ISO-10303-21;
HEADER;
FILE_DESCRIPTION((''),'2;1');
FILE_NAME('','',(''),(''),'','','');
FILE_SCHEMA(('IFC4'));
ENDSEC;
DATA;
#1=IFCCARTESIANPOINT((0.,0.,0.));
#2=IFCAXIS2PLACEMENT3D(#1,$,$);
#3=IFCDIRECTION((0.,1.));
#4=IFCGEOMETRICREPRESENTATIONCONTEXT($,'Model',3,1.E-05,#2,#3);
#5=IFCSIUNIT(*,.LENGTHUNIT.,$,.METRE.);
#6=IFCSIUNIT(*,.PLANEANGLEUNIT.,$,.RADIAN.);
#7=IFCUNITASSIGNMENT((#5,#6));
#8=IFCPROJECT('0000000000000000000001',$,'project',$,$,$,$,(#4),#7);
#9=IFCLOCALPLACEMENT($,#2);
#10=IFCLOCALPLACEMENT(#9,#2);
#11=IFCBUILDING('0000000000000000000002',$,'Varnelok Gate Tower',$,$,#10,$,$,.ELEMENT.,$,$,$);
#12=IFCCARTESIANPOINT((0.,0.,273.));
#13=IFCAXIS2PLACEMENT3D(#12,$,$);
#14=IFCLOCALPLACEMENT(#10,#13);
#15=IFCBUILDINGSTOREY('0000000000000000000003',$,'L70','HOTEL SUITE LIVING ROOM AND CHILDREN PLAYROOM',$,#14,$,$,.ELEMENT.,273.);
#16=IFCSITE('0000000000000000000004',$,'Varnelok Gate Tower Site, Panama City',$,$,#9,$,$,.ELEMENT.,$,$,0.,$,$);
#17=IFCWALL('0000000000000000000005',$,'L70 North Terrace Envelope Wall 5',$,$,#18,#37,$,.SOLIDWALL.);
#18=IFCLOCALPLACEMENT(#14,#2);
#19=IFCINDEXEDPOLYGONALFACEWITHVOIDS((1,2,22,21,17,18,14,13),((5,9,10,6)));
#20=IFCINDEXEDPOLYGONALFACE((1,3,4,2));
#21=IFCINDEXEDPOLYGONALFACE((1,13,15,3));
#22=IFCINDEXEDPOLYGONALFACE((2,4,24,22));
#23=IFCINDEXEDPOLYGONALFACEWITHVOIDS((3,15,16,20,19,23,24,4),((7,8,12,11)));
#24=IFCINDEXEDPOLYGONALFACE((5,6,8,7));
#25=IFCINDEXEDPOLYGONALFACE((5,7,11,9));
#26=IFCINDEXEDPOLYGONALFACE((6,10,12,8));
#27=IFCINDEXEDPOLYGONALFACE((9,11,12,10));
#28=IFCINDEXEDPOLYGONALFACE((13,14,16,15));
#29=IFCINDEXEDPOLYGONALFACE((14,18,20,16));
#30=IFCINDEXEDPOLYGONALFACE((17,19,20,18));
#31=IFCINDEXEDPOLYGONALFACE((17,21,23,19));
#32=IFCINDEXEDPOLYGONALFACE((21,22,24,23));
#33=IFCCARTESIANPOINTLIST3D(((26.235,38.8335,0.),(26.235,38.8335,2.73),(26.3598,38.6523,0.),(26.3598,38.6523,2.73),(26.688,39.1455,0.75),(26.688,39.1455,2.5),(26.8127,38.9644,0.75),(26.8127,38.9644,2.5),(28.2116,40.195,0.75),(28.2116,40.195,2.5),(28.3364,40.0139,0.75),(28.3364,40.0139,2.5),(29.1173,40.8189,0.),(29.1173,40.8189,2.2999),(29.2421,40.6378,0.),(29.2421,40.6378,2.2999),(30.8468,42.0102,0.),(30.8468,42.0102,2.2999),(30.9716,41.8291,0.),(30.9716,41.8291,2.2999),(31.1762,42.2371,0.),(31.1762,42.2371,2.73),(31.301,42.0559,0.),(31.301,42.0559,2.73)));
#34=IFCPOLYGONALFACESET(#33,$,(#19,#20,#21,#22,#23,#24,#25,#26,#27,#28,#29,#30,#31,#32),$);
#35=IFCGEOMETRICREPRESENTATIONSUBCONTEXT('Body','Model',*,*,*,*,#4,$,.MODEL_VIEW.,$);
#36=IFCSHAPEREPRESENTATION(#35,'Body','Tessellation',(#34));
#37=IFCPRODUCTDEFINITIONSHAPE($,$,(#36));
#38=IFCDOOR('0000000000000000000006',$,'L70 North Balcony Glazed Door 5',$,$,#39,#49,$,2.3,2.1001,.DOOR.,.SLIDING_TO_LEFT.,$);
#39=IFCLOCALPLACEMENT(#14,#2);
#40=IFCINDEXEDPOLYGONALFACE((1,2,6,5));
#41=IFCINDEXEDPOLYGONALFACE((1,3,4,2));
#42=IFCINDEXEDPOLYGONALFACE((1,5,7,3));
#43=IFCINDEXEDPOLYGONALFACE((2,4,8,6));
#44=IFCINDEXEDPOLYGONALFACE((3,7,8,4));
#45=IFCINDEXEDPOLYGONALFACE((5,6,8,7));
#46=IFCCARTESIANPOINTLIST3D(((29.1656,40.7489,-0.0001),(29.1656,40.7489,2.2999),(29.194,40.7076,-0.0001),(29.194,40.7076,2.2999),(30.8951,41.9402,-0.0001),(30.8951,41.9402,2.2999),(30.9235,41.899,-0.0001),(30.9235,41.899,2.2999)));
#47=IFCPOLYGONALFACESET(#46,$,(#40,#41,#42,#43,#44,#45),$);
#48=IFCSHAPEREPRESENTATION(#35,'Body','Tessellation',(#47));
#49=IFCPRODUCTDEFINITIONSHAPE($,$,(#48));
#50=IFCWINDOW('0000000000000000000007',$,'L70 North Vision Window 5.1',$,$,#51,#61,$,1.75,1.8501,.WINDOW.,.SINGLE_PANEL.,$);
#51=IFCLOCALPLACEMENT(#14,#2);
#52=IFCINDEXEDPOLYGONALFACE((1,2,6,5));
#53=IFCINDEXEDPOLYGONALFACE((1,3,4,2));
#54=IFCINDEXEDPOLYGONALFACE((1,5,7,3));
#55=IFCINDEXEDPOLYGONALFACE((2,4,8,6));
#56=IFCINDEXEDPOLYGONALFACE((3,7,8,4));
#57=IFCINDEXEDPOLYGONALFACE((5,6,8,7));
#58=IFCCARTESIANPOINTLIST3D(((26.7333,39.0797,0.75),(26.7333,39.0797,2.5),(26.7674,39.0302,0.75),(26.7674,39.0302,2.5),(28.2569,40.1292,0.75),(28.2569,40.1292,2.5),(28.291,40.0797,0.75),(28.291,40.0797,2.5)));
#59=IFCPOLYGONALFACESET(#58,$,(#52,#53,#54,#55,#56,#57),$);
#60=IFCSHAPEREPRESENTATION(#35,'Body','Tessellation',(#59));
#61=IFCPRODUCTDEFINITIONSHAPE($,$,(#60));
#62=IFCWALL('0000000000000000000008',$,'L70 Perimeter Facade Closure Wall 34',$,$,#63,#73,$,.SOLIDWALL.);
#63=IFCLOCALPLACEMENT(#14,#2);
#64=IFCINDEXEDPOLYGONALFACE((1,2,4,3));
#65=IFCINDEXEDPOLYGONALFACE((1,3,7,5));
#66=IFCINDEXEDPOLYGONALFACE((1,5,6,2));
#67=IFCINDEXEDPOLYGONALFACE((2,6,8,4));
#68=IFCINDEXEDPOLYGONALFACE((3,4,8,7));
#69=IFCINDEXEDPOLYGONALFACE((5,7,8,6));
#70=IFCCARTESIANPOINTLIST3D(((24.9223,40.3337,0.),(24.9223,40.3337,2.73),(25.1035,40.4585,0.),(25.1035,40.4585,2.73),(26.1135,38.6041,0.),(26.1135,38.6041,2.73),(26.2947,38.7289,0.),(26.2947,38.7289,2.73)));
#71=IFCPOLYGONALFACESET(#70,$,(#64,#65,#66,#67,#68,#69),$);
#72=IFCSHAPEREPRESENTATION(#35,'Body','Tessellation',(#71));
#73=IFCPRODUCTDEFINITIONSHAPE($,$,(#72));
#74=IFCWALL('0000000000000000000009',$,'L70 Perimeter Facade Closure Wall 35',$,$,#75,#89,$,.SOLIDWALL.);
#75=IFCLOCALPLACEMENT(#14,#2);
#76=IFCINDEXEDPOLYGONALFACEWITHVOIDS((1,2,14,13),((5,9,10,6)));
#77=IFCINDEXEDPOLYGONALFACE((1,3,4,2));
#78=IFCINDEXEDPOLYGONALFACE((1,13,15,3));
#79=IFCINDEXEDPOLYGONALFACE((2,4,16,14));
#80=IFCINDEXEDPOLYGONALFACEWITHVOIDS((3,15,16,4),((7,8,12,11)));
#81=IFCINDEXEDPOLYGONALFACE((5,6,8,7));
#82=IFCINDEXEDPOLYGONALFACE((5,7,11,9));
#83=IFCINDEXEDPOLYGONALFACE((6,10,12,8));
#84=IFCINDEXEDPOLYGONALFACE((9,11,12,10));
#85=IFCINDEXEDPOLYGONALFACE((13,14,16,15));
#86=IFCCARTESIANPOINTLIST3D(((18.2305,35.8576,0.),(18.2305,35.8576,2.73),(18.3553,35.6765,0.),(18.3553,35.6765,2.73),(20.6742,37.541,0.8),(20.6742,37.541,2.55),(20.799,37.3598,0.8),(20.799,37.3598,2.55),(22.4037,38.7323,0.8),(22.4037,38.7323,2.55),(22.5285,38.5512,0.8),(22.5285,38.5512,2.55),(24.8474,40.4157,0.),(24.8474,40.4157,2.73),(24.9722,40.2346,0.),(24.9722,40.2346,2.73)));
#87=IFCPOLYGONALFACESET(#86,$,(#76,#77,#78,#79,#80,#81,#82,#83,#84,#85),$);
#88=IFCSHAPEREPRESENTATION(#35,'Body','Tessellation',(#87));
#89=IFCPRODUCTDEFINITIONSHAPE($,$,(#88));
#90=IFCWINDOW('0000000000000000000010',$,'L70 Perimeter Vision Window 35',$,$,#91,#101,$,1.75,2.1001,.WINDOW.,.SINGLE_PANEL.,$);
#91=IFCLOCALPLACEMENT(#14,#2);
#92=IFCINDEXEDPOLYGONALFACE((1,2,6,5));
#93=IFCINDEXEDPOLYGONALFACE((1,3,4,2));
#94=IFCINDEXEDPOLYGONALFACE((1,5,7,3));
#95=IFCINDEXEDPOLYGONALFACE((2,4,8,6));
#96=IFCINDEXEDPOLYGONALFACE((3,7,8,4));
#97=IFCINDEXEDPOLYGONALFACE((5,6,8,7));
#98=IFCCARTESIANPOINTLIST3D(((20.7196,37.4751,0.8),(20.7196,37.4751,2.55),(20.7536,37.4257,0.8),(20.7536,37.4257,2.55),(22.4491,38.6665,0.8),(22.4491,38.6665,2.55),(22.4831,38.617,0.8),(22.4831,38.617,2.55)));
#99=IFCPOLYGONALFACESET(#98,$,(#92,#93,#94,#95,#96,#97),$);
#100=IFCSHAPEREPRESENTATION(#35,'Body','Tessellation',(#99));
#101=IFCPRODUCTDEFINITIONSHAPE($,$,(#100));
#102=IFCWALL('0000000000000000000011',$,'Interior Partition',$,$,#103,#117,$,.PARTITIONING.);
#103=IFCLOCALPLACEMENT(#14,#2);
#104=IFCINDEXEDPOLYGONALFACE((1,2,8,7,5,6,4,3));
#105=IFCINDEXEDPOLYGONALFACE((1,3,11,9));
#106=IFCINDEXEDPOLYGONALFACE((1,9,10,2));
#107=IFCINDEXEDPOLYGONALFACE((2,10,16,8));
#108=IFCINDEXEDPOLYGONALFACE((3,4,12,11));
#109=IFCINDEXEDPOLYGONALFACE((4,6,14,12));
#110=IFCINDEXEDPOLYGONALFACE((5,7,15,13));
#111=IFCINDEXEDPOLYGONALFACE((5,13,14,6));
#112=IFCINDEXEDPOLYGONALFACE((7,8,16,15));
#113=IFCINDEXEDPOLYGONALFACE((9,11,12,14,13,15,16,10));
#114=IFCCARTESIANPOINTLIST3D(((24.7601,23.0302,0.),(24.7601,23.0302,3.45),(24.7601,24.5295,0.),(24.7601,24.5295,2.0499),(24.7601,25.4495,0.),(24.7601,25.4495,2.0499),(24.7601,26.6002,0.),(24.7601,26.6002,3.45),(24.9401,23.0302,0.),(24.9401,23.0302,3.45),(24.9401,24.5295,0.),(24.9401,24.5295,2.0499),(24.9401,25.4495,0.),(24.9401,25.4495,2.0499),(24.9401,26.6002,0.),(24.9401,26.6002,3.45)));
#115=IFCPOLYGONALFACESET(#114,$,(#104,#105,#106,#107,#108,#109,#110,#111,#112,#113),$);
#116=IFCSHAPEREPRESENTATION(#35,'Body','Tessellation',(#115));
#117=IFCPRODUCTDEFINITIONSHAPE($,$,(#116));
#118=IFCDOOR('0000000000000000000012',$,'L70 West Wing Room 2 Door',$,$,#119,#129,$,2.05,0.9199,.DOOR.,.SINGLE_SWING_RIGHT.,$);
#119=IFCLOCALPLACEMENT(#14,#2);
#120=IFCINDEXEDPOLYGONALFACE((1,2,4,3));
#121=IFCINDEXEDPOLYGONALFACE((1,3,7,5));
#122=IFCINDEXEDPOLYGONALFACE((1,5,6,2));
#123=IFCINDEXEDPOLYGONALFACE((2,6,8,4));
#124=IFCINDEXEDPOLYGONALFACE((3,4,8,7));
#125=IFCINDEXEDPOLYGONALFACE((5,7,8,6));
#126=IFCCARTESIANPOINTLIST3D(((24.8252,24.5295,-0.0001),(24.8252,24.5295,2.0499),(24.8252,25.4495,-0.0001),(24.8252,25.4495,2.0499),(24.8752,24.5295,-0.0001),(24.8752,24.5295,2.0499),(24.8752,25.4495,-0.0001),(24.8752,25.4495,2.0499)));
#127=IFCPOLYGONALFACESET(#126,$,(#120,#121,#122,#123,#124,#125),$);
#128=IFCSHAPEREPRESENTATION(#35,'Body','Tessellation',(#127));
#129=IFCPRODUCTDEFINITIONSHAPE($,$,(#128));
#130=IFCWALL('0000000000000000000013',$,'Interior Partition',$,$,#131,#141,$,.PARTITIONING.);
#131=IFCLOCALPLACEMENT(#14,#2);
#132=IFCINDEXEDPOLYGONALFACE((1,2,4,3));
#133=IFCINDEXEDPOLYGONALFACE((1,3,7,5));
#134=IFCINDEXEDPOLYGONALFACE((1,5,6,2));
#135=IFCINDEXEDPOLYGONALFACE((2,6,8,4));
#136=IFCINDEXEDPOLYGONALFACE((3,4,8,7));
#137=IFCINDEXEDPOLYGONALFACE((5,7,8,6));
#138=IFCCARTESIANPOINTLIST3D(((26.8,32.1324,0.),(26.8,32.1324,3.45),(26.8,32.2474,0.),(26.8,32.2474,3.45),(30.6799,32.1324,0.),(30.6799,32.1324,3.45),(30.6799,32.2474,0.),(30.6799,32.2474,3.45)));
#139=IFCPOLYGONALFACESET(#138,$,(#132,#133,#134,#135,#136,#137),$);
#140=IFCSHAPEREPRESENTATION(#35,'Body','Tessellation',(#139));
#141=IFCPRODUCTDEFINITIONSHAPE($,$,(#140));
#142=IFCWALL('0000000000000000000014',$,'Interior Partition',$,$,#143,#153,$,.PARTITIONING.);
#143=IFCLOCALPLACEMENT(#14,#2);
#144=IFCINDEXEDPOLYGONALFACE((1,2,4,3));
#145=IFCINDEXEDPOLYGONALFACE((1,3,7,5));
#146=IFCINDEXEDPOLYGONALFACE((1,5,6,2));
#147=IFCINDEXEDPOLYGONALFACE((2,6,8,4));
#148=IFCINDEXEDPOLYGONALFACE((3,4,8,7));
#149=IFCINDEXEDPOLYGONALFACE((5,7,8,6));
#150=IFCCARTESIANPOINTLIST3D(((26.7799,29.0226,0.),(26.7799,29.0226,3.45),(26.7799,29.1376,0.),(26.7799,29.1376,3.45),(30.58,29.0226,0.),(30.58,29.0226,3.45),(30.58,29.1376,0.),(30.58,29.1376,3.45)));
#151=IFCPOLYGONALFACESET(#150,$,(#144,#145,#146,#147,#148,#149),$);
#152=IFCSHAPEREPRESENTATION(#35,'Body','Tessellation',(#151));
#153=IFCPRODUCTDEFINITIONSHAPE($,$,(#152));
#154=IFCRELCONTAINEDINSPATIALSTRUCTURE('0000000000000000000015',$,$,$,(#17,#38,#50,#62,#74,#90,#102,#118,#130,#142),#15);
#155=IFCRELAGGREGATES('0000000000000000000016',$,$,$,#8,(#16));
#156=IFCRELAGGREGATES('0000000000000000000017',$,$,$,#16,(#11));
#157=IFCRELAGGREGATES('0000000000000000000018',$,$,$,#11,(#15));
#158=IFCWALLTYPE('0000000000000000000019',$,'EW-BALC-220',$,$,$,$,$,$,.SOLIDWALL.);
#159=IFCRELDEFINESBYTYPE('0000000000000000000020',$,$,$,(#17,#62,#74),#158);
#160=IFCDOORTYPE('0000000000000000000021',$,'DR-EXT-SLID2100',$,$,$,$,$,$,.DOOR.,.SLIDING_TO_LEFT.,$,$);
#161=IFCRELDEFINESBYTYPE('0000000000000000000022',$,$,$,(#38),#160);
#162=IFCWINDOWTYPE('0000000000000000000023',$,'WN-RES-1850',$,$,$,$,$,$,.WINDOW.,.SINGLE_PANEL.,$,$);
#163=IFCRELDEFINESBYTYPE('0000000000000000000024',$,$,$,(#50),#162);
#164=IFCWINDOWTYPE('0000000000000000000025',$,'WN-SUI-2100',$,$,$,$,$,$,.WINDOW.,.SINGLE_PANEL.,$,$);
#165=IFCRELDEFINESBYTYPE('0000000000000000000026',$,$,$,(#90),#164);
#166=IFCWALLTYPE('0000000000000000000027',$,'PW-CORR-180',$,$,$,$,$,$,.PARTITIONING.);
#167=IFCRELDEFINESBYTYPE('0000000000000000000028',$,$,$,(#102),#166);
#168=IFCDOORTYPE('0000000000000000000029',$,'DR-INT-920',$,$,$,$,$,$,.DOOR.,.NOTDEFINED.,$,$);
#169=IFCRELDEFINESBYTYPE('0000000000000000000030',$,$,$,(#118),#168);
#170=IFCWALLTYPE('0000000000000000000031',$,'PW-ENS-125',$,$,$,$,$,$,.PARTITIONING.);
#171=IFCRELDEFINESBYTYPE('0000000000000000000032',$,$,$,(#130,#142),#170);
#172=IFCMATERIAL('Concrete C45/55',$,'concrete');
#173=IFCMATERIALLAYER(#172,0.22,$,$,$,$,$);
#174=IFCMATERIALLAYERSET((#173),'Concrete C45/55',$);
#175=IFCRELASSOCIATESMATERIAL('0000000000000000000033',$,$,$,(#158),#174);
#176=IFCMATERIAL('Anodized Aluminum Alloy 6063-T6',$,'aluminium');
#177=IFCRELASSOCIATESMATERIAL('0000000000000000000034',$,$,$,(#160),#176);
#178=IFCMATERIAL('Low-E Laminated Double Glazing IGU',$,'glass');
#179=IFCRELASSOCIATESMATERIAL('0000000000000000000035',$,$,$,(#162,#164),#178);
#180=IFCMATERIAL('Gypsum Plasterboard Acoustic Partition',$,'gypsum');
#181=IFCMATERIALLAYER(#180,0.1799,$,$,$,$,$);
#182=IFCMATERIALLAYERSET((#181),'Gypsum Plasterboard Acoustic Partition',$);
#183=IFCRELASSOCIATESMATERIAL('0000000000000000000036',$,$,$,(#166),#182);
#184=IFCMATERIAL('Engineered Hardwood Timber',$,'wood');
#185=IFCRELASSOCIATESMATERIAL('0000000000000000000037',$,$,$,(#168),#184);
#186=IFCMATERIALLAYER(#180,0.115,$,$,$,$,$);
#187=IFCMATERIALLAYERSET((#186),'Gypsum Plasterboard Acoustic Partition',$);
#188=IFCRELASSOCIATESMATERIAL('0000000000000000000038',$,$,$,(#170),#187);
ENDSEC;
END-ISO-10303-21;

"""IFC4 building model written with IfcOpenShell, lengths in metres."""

from ifc_helpers import new_model, si_unit, direction, frame, frame_2d, origin, place, context, subcontext, project, spatial, rectangle, extrude, material, layer, layer_set, type_object, element, fill, save


model = new_model("IFC4")

# Units and contexts
model_context = context("Model", 3, precision=1e-05, world=origin(), true_north=direction((0.0, 1.0)))
body_context = subcontext(model_context, "Body", "Model", "MODEL_VIEW")
ifc_project = project(units=[si_unit("LENGTHUNIT", "METRE"), si_unit("PLANEANGLEUNIT", "RADIAN")], contexts=[model_context])

# Site, building, storey
site_placement = place(None, origin())
site = spatial("IfcSite", under=ifc_project, at=site_placement, Name="Varnelok Gate Tower Site, Panama City", CompositionType="ELEMENT", RefElevation=0.0)
building_placement = place(site_placement, origin())
building = spatial("IfcBuilding", under=site, at=building_placement, Name="Varnelok Gate Tower", CompositionType="ELEMENT")
storey_placement = place(building_placement, frame((0.0, 0.0, 273.0)))
storey = spatial("IfcBuildingStorey", under=building, at=storey_placement, Name="L70", Description="HOTEL SUITE LIVING ROOM AND CHILDREN PLAYROOM", CompositionType="ELEMENT", Elevation=273.0)

# Wall, openings, door, window
ifc_material_1 = material(Name="Concrete C45/55", Category="concrete")
ifc_layer_1 = layer(ifc_material_1, 0.22)
ifc_layer_set_1 = layer_set([ifc_layer_1], Name="Concrete C45/55")
wall_type_1 = type_object("IfcWallType", Name="EW-BALC-220", PredefinedType="SOLIDWALL", material=ifc_layer_set_1)
wall_1_placement = place(storey_placement, frame((26.2974, 38.7429, 0.0), z_axis=(0.0, 0.0, 1.0), x_axis=(0.823535, 0.567266, 0.0)))
wall_1 = element("IfcWall", 1, at=wall_1_placement, inside=storey, type_object=wall_type_1, Name="L70 North Terrace Envelope Wall 5", PredefinedType="SOLIDWALL", context=body_context, shape_type="SweptSolid", body=[
    extrude(rectangle(XDim=6.0, YDim=0.22, at=frame_2d((3.0, 0.0))), origin(), (0.0, 0.0, 1.0), 2.73),
])
opening_1_placement = place(wall_1_placement, frame((3.5, 0.0, 0.0)))
opening_1 = element("IfcOpeningElement", 2, at=opening_1_placement, cuts=wall_1, PredefinedType="OPENING", context=body_context, shape_type="SweptSolid", body=[
    extrude(rectangle(XDim=2.1001, YDim=2.3, at=frame_2d((1.05, 1.1499))), frame((0.0, 0.1199, 0.0), z_axis=(0.0, -1.0, 0.0), x_axis=(1.0, 0.0, 0.0)), (0.0, 0.0, 1.0), 0.24),
])
opening_2_placement = place(wall_1_placement, frame((0.55, 0.0, 0.75)))
opening_2 = element("IfcOpeningElement", 3, at=opening_2_placement, cuts=wall_1, PredefinedType="OPENING", context=body_context, shape_type="SweptSolid", body=[
    extrude(rectangle(XDim=1.8501, YDim=1.75, at=frame_2d((0.925, 0.875))), frame((0.0, 0.1199, 0.0), z_axis=(0.0, -1.0, 0.0), x_axis=(1.0, 0.0, 0.0)), (0.0, 0.0, 1.0), 0.24),
])
ifc_material_2 = material(Name="Anodized Aluminum Alloy 6063-T6", Category="aluminium")
door_type_1 = type_object("IfcDoorType", Name="DR-EXT-SLID2100", OperationType="SLIDING_TO_LEFT", PredefinedType="DOOR", material=ifc_material_2)
door_1_placement = place(opening_1_placement, origin())
door_1 = element("IfcDoor", 4, at=door_1_placement, inside=storey, type_object=door_type_1, Name="L70 North Balcony Glazed Door 5", OperationType="SLIDING_TO_LEFT", OverallHeight=2.3, OverallWidth=2.1001, PredefinedType="DOOR", context=body_context, shape_type="SweptSolid", body=[
    extrude(rectangle(XDim=2.1001, YDim=2.3, at=frame_2d((1.05, 1.1499))), frame((0.0, 0.0249, 0.0), z_axis=(0.0, -1.0, 0.0), x_axis=(1.0, 0.0, 0.0)), (0.0, 0.0, 1.0), 0.05),
])
fill(opening_1, door_1)
ifc_material_3 = material(Name="Low-E Laminated Double Glazing IGU", Category="glass")
window_type_1 = type_object("IfcWindowType", Name="WN-RES-1850", PartitioningType="SINGLE_PANEL", PredefinedType="WINDOW", material=ifc_material_3)
window_1_placement = place(opening_2_placement, origin())
window_1 = element("IfcWindow", 5, at=window_1_placement, inside=storey, type_object=window_type_1, Name="L70 North Vision Window 5.1", OverallHeight=1.75, OverallWidth=1.8501, PartitioningType="SINGLE_PANEL", PredefinedType="WINDOW", context=body_context, shape_type="SweptSolid", body=[
    extrude(rectangle(XDim=1.8501, YDim=1.75, at=frame_2d((0.925, 0.875))), frame((0.0, 0.03, 0.0), z_axis=(0.0, -1.0, 0.0), x_axis=(1.0, 0.0, 0.0)), (0.0, 0.0, 1.0), 0.0601),
])
fill(opening_2, window_1)

# Wall
wall_2_placement = place(storey_placement, frame((26.2041, 38.6665, 0.0), z_axis=(0.0, 0.0, 1.0), x_axis=(-0.567219, 0.823567, 0.0)))
element("IfcWall", 6, at=wall_2_placement, inside=storey, type_object=wall_type_1, Name="L70 Perimeter Facade Closure Wall 34", PredefinedType="SOLIDWALL", context=body_context, shape_type="SweptSolid", body=[
    extrude(rectangle(XDim=2.1001, YDim=0.22, at=frame_2d((1.05, 0.0))), origin(), (0.0, 0.0, 1.0), 2.73),
])

# Wall, opening, window
wall_3_placement = place(storey_placement, frame((24.9099, 40.3252, 0.0), z_axis=(0.0, 0.0, 1.0), x_axis=(-0.823521, -0.567286, 0.0)))
wall_3 = element("IfcWall", 7, at=wall_3_placement, inside=storey, type_object=wall_type_1, Name="L70 Perimeter Facade Closure Wall 35", PredefinedType="SOLIDWALL", context=body_context, shape_type="SweptSolid", body=[
    extrude(rectangle(XDim=8.0349, YDim=0.22, at=frame_2d((4.0176, 0.0))), origin(), (0.0, 0.0, 1.0), 2.73),
])
opening_3_placement = place(wall_3_placement, frame((2.9675, 0.0, 0.8)))
opening_3 = element("IfcOpeningElement", 8, at=opening_3_placement, cuts=wall_3, PredefinedType="OPENING", context=body_context, shape_type="SweptSolid", body=[
    extrude(rectangle(XDim=2.1001, YDim=1.75, at=frame_2d((1.05, 0.875))), frame((0.0, 0.1199, 0.0), z_axis=(0.0, -1.0, 0.0), x_axis=(1.0, 0.0, 0.0)), (0.0, 0.0, 1.0), 0.24),
])
window_type_2 = type_object("IfcWindowType", Name="WN-SUI-2100", PartitioningType="SINGLE_PANEL", PredefinedType="WINDOW", material=ifc_material_3)
window_2_placement = place(opening_3_placement, origin())
window_2 = element("IfcWindow", 9, at=window_2_placement, inside=storey, type_object=window_type_2, Name="L70 Perimeter Vision Window 35", OverallHeight=1.75, OverallWidth=2.1001, PartitioningType="SINGLE_PANEL", PredefinedType="WINDOW", context=body_context, shape_type="SweptSolid", body=[
    extrude(rectangle(XDim=2.1001, YDim=1.75, at=frame_2d((1.05, 0.875))), frame((0.0, 0.03, 0.0), z_axis=(0.0, -1.0, 0.0), x_axis=(1.0, 0.0, 0.0)), (0.0, 0.0, 1.0), 0.0601),
])
fill(opening_3, window_2)

# Wall, opening, door
ifc_material_4 = material(Name="Gypsum Plasterboard Acoustic Partition", Category="gypsum")
ifc_layer_2 = layer(ifc_material_4, 0.1799)
ifc_layer_set_2 = layer_set([ifc_layer_2], Name="Gypsum Plasterboard Acoustic Partition")
wall_type_2 = type_object("IfcWallType", Name="PW-CORR-180", PredefinedType="PARTITIONING", material=ifc_layer_set_2)
wall_4_placement = place(storey_placement, frame((24.8501, 23.03, 0.0), z_axis=(0.0, 0.0, 1.0), x_axis=(0.0, 1.0, 0.0)))
wall_4 = element("IfcWall", 10, at=wall_4_placement, inside=storey, type_object=wall_type_2, Name="Interior Partition", PredefinedType="PARTITIONING", context=body_context, shape_type="SweptSolid", body=[
    extrude(rectangle(XDim=3.5701, YDim=0.1799, at=frame_2d((1.7852, 0.0))), origin(), (0.0, 0.0, 1.0), 3.45),
])
opening_4_placement = place(wall_4_placement, frame((1.4995, 0.0, 0.0)))
opening_4 = element("IfcOpeningElement", 11, at=opening_4_placement, cuts=wall_4, PredefinedType="OPENING", context=body_context, shape_type="SweptSolid", body=[
    extrude(rectangle(XDim=0.9199, YDim=2.05, at=frame_2d((0.46, 1.0249))), frame((0.0, 0.0999, 0.0), z_axis=(0.0, -1.0, 0.0), x_axis=(1.0, 0.0, 0.0)), (0.0, 0.0, 1.0), 0.2),
])
ifc_material_5 = material(Name="Engineered Hardwood Timber", Category="wood")
door_type_2 = type_object("IfcDoorType", Name="DR-INT-920", OperationType="NOTDEFINED", PredefinedType="DOOR", material=ifc_material_5)
door_2_placement = place(opening_4_placement, origin())
door_2 = element("IfcDoor", 12, at=door_2_placement, inside=storey, type_object=door_type_2, Name="L70 West Wing Room 2 Door", OperationType="SINGLE_SWING_RIGHT", OverallHeight=2.05, OverallWidth=0.9199, PredefinedType="DOOR", context=body_context, shape_type="SweptSolid", body=[
    extrude(rectangle(XDim=0.9199, YDim=2.05, at=frame_2d((0.46, 1.0249))), frame((0.0, 0.0249, 0.0), z_axis=(0.0, -1.0, 0.0), x_axis=(1.0, 0.0, 0.0)), (0.0, 0.0, 1.0), 0.05),
])
fill(opening_4, door_2)

# Walls
ifc_layer_3 = layer(ifc_material_4, 0.115)
ifc_layer_set_3 = layer_set([ifc_layer_3], Name="Gypsum Plasterboard Acoustic Partition")
wall_type_3 = type_object("IfcWallType", Name="PW-ENS-125", PredefinedType="PARTITIONING", material=ifc_layer_set_3)
wall_5_placement = place(storey_placement, frame((26.8, 32.1899, 0.0), z_axis=(0.0, 0.0, 1.0), x_axis=(1.0, 0.0, 0.0)))
element("IfcWall", 13, at=wall_5_placement, inside=storey, type_object=wall_type_3, Name="Interior Partition", PredefinedType="PARTITIONING", context=body_context, shape_type="SweptSolid", body=[
    extrude(rectangle(XDim=3.8799, YDim=0.115, at=frame_2d((1.9399, 0.0))), origin(), (0.0, 0.0, 1.0), 3.45),
])
wall_6_placement = place(storey_placement, frame((26.78, 29.0801, 0.0), z_axis=(0.0, 0.0, 1.0), x_axis=(1.0, 0.0, 0.0)))
element("IfcWall", 14, at=wall_6_placement, inside=storey, type_object=wall_type_3, Name="Interior Partition", PredefinedType="PARTITIONING", context=body_context, shape_type="SweptSolid", body=[
    extrude(rectangle(XDim=3.8, YDim=0.115, at=frame_2d((1.8999, 0.0))), origin(), (0.0, 0.0, 1.0), 3.45),
])

save(model, "model.ifc")
